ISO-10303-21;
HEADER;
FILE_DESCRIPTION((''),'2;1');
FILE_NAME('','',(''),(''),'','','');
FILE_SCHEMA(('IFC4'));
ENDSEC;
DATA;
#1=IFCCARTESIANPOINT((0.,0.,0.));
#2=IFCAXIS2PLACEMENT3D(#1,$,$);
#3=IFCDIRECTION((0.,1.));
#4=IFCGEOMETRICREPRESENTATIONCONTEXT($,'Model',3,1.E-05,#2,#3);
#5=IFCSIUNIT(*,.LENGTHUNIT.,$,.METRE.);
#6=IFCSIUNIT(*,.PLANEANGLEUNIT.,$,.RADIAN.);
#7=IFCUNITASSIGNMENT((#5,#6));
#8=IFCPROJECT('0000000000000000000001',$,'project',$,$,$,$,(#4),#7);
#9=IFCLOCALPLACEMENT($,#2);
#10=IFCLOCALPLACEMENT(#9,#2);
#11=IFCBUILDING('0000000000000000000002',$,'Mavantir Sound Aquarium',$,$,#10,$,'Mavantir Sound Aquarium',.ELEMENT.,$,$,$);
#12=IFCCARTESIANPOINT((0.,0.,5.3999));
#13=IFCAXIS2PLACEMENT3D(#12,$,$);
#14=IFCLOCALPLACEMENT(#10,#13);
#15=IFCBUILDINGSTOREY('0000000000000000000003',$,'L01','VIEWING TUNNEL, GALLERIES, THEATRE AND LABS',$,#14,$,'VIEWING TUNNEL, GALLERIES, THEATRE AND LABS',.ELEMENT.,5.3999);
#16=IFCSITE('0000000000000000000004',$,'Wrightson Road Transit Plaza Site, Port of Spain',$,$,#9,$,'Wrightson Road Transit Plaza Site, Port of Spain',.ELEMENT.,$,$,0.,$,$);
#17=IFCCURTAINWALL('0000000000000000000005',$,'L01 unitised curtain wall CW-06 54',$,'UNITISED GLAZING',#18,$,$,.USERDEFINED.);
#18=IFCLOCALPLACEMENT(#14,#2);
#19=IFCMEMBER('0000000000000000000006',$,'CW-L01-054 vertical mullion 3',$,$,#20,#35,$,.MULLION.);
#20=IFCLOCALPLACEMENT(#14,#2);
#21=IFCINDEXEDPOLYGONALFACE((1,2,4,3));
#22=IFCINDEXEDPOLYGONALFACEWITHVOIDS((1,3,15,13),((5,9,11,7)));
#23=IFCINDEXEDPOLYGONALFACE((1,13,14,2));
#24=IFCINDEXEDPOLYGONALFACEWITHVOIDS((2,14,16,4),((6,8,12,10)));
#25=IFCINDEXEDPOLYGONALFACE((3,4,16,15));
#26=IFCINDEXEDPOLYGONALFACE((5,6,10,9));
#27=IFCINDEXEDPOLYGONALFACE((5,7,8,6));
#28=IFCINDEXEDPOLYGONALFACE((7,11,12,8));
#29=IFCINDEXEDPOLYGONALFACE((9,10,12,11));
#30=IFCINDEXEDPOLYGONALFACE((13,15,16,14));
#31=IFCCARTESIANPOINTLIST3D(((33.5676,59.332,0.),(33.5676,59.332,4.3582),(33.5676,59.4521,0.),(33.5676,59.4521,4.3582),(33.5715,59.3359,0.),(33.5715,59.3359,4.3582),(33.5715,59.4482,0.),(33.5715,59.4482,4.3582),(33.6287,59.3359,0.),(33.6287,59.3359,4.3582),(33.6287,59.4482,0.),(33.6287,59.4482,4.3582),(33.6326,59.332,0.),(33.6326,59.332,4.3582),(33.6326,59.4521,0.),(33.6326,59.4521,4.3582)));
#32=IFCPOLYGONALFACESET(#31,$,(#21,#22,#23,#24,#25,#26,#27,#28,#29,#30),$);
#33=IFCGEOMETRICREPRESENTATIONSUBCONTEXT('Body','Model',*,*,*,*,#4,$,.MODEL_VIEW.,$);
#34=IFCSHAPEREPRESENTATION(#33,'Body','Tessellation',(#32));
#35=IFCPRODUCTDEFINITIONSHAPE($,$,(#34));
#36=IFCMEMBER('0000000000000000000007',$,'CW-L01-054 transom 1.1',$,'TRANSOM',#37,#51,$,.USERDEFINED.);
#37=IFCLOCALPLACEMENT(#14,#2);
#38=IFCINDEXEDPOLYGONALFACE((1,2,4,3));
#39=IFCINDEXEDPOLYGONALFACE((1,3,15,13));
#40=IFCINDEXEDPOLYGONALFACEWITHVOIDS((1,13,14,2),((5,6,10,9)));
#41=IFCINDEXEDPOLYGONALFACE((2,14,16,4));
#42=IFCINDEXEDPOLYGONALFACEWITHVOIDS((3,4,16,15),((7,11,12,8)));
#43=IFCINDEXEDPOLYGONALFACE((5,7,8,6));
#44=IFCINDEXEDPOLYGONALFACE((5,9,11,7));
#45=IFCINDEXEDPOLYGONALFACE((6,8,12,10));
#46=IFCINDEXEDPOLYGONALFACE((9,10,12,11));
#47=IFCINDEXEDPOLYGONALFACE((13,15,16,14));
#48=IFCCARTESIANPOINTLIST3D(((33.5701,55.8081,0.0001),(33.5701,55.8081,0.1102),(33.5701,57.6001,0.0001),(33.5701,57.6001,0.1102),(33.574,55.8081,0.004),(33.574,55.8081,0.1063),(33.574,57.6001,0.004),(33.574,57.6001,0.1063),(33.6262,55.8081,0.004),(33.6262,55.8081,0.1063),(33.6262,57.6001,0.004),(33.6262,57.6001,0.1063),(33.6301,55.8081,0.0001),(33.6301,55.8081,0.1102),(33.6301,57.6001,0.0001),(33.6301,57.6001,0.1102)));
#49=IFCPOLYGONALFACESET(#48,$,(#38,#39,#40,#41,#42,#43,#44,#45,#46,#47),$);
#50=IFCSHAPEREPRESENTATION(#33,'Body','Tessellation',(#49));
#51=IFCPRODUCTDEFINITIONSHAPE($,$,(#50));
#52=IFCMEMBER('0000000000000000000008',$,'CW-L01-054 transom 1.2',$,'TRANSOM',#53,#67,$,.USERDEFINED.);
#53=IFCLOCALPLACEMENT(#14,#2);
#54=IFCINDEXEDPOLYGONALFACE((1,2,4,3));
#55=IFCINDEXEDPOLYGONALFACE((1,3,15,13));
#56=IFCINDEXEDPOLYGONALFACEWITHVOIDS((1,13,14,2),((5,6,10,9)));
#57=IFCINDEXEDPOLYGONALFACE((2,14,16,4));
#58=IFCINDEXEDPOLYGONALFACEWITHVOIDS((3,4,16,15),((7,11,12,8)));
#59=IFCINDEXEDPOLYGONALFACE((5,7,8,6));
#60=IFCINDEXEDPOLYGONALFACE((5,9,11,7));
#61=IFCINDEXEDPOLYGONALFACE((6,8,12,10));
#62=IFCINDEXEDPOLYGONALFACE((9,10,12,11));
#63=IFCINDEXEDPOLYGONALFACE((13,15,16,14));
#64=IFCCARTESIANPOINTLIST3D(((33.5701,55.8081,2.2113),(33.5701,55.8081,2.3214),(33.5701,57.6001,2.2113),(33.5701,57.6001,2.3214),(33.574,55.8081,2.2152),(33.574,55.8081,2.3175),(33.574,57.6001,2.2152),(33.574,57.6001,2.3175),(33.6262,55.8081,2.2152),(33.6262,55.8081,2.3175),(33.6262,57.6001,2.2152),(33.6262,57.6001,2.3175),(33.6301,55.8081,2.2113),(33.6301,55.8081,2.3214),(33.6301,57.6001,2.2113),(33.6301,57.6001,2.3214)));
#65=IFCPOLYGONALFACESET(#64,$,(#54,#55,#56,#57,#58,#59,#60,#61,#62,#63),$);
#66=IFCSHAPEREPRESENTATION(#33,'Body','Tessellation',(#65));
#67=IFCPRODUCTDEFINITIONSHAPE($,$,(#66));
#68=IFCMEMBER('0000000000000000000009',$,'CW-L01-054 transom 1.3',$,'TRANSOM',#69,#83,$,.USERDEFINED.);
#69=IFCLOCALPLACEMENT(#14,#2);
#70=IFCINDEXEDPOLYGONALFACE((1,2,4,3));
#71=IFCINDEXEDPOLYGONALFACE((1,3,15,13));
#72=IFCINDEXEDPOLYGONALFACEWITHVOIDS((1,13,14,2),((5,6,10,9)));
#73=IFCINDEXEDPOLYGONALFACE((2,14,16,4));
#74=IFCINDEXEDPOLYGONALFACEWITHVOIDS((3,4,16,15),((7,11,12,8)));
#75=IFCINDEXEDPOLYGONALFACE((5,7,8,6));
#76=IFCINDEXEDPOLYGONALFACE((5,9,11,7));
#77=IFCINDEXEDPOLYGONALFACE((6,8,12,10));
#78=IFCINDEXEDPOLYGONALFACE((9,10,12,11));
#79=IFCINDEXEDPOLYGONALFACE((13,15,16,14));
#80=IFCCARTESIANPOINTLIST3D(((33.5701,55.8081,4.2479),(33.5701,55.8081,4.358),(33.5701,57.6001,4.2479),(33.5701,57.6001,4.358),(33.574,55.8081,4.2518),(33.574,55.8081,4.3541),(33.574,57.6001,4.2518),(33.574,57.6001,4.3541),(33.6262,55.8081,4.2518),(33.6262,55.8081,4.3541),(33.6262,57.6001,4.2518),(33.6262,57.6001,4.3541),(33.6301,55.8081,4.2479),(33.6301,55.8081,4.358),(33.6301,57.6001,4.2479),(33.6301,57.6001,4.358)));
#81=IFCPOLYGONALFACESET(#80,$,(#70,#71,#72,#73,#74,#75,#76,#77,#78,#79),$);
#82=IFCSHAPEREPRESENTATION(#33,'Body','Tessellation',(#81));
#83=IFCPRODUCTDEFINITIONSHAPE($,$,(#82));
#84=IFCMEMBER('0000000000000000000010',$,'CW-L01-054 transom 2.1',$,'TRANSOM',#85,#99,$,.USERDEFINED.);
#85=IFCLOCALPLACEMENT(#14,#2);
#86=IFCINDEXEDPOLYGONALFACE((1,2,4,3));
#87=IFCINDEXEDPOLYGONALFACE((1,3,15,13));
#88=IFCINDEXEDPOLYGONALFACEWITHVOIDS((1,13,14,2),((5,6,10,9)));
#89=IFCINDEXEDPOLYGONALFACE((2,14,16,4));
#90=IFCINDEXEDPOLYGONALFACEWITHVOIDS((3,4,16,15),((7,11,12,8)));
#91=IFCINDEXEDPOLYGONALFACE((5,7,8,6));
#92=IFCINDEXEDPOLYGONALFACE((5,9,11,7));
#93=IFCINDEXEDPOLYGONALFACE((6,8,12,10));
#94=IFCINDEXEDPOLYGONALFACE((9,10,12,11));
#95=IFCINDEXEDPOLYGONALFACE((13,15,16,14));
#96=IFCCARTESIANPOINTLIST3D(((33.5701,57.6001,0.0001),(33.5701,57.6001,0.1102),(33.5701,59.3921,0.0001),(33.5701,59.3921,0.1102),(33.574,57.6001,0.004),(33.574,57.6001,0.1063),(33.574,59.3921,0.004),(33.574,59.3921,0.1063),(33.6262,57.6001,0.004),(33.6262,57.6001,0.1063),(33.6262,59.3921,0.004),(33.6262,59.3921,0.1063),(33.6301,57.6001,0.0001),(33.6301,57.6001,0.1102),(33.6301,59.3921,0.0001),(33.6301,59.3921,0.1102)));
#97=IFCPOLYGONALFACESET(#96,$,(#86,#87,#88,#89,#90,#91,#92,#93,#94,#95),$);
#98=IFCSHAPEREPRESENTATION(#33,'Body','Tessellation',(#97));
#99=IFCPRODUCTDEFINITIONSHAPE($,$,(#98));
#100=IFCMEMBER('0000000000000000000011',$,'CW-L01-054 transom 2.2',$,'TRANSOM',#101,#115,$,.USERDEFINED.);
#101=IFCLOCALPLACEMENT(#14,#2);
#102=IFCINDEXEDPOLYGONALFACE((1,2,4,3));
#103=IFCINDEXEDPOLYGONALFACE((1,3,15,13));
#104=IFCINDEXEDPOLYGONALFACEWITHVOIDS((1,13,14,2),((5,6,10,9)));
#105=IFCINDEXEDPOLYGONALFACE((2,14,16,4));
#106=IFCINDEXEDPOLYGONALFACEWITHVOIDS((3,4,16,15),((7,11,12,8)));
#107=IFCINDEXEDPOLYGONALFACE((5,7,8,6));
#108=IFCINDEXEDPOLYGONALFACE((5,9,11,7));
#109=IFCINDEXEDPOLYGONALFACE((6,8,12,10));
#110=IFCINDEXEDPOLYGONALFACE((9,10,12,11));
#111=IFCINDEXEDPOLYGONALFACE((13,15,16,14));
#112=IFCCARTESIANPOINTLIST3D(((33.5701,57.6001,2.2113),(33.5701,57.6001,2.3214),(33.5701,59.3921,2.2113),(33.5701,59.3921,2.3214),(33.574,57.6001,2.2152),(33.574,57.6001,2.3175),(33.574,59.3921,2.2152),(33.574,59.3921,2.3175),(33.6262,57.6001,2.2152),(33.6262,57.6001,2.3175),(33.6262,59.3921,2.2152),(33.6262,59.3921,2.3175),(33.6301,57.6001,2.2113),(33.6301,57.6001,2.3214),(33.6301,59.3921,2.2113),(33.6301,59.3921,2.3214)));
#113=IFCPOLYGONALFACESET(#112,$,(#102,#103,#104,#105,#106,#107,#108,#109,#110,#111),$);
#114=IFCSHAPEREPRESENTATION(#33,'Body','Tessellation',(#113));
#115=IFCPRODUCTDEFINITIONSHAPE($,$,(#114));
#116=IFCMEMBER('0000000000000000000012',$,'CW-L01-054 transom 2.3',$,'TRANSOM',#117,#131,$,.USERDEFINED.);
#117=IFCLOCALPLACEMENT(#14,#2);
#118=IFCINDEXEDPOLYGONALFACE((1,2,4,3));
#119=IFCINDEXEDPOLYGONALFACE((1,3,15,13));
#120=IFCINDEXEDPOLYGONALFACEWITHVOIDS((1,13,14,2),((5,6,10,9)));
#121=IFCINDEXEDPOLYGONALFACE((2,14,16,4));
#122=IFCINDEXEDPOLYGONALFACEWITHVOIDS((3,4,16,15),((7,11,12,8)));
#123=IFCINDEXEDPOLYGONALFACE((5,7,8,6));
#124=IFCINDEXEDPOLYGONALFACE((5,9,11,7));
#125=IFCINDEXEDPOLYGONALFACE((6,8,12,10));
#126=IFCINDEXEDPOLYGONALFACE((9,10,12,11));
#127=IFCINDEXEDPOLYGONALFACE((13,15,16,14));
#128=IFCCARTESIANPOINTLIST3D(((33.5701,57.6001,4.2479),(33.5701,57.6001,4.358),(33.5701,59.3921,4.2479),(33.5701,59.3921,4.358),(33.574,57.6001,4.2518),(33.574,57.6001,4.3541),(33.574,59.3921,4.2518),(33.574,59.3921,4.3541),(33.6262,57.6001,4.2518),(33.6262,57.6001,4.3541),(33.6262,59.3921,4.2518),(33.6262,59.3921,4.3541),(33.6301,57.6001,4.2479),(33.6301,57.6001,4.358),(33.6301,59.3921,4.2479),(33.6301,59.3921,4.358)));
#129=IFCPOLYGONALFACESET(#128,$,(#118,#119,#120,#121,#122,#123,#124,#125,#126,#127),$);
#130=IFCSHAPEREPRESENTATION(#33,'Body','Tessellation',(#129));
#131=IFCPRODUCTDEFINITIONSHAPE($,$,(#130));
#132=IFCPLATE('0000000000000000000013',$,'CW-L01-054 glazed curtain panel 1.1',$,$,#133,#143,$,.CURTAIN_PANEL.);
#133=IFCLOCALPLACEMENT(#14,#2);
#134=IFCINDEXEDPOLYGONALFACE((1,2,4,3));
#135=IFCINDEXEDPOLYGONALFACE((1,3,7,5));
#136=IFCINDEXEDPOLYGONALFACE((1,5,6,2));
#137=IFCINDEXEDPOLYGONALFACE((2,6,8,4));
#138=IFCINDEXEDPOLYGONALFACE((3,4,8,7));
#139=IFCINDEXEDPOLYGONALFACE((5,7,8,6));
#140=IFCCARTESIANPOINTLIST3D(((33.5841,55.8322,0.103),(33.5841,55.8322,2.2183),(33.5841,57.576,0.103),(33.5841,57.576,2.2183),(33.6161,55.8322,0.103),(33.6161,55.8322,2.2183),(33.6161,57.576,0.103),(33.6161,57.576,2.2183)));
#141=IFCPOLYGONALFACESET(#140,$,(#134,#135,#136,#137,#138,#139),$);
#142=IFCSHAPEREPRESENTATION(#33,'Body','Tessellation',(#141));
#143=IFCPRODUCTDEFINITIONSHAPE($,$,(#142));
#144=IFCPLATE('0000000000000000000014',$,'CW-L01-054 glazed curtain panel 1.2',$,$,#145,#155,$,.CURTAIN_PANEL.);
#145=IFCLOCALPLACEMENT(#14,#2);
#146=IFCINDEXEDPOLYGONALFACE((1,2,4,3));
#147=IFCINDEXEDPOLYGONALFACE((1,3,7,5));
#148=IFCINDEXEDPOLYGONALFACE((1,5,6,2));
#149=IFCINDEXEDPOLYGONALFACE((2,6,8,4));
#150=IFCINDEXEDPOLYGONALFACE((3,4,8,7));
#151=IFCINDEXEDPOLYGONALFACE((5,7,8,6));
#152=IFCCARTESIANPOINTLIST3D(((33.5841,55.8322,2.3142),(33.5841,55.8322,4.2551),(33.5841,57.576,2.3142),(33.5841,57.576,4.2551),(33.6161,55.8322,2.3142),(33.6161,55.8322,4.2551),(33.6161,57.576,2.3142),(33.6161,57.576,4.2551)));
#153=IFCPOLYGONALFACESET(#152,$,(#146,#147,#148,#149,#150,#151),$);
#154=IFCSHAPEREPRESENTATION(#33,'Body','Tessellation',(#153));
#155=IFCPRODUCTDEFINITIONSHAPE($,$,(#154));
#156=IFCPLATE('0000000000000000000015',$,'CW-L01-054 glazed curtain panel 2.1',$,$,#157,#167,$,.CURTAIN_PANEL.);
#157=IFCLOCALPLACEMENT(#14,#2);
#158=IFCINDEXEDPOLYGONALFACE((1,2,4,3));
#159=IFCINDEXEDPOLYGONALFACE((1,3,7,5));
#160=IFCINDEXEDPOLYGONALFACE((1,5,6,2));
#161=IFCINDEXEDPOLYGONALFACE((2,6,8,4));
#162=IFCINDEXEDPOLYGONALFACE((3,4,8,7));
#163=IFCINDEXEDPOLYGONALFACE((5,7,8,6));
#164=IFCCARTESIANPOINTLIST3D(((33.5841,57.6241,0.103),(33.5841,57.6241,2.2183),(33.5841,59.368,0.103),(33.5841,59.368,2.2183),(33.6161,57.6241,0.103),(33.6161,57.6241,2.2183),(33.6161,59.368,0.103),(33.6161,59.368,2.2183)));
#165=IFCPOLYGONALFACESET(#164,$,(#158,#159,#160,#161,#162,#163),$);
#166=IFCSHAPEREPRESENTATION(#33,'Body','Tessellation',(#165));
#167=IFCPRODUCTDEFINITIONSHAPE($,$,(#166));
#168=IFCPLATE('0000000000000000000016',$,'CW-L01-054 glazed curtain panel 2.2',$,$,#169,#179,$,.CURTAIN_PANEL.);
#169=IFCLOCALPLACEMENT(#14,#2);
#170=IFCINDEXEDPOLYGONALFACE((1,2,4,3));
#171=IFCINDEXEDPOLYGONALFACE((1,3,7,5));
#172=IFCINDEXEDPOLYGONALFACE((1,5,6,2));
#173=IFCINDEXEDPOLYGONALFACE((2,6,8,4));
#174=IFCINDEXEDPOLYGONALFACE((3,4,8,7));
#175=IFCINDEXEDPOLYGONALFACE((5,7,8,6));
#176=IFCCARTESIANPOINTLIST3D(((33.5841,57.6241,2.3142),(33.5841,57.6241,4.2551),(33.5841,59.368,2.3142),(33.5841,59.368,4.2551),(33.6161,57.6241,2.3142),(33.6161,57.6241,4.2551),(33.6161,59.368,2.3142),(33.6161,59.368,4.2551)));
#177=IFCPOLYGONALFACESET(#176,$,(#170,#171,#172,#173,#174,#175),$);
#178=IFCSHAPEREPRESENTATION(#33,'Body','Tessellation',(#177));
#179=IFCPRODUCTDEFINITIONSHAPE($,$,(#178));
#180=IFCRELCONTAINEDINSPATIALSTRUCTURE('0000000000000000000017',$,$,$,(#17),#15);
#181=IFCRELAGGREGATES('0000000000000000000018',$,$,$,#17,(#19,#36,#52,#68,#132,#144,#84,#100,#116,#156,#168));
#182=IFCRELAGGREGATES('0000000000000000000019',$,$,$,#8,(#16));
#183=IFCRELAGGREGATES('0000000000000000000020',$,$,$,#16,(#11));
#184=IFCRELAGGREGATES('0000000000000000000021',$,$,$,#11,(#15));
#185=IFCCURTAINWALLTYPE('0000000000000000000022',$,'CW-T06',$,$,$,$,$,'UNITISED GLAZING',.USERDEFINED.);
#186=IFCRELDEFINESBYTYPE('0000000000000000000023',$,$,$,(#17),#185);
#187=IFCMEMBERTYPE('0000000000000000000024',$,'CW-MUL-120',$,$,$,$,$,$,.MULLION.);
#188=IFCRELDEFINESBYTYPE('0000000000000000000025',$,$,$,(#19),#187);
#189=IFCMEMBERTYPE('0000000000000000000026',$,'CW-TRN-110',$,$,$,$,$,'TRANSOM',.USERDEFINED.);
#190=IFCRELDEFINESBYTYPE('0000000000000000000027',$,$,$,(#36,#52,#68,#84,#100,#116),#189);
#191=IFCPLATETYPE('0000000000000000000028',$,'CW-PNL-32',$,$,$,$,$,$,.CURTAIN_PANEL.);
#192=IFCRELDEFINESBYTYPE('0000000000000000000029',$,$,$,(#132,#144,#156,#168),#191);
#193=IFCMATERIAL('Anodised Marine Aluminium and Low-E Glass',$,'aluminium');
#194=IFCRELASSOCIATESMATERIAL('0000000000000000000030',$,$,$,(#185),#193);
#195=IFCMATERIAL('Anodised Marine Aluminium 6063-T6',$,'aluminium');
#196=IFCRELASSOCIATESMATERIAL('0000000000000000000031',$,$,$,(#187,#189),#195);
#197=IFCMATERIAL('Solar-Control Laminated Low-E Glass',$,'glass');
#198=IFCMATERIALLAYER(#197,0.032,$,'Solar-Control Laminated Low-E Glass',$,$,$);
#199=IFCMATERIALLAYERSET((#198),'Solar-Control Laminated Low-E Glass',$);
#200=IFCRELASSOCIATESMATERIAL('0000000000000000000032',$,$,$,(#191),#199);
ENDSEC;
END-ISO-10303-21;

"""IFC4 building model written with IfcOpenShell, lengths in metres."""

from ifc_helpers import new_model, si_unit, direction, frame, origin, origin_2d, place, context, subcontext, project, spatial, rectangle, hollow_rectangle, extrude, material, layer, layer_set, material_profile, profile_set, type_object, element, aggregate, save


model = new_model("IFC4")

# Units and contexts
model_context = context("Model", 3, precision=1e-05, world=origin(), true_north=direction((0.0, 1.0)))
body_context = subcontext(model_context, "Body", "Model", "MODEL_VIEW")
ifc_project = project(units=[si_unit("LENGTHUNIT", "METRE"), si_unit("PLANEANGLEUNIT", "RADIAN")], contexts=[model_context])

# Site, building, storey
site_placement = place(None, origin())
site = spatial("IfcSite", under=ifc_project, at=site_placement, Name="Wrightson Road Transit Plaza Site, Port of Spain", LongName="Wrightson Road Transit Plaza Site, Port of Spain", CompositionType="ELEMENT", RefElevation=0.0)
building_placement = place(site_placement, origin())
building = spatial("IfcBuilding", under=site, at=building_placement, Name="Mavantir Sound Aquarium", LongName="Mavantir Sound Aquarium", CompositionType="ELEMENT")
storey_placement = place(building_placement, frame((0.0, 0.0, 5.3999)))
storey = spatial("IfcBuildingStorey", under=building, at=storey_placement, Name="L01", Description="VIEWING TUNNEL, GALLERIES, THEATRE AND LABS", LongName="VIEWING TUNNEL, GALLERIES, THEATRE AND LABS", CompositionType="ELEMENT", Elevation=5.3999)

# Curtain wall, members, plates
ifc_material_1 = material(Name="Anodised Marine Aluminium and Low-E Glass", Category="aluminium")
curtain_wall_type = type_object("IfcCurtainWallType", Name="CW-T06", ElementType="UNITISED GLAZING", PredefinedType="USERDEFINED", material=ifc_material_1)
curtain_wall_placement = place(storey_placement, origin())
curtain_wall = element("IfcCurtainWall", 1, at=curtain_wall_placement, inside=storey, type_object=curtain_wall_type, Name="L01 unitised curtain wall CW-06 54", ObjectType="UNITISED GLAZING", PredefinedType="USERDEFINED")
ifc_material_2 = material(Name="Anodised Marine Aluminium 6063-T6", Category="aluminium")
ifc_material_profile_1 = material_profile(ifc_material_2, hollow_rectangle(XDim=0.0649, YDim=0.1201, WallThickness=0.0039, at=origin_2d()), Name="ALU-MULLION-120X65")
ifc_profile_set_1 = profile_set([ifc_material_profile_1], Name="Anodised Marine Aluminium 6063-T6")
member_type_1 = type_object("IfcMemberType", Name="CW-MUL-120", PredefinedType="MULLION", material=ifc_profile_set_1)
member_1_placement = place(storey_placement, frame((33.6001, 59.3921, 0.0), z_axis=(0.0, 0.0, 1.0), x_axis=(1.0, 0.0, 0.0)))
member_1 = element("IfcMember", 2, at=member_1_placement, type_object=member_type_1, Name="CW-L01-054 vertical mullion 3", PredefinedType="MULLION", context=body_context, shape_type="SweptSolid", body=[
    extrude(hollow_rectangle(XDim=0.0649, YDim=0.1201, WallThickness=0.0039, at=origin_2d()), origin(), (0.0, 0.0, 1.0), 4.3582),
])
ifc_material_profile_2 = material_profile(ifc_material_2, hollow_rectangle(XDim=0.0601, YDim=0.1101, WallThickness=0.0039, at=origin_2d()), Name="ALU-TRANSOM-110X60")
ifc_profile_set_2 = profile_set([ifc_material_profile_2], Name="Anodised Marine Aluminium 6063-T6")
member_type_2 = type_object("IfcMemberType", Name="CW-TRN-110", ElementType="TRANSOM", PredefinedType="USERDEFINED", material=ifc_profile_set_2)
member_2_placement = place(storey_placement, frame((33.6001, 55.8081, 0.0552), z_axis=(0.0, 1.0, 0.0), x_axis=(-1.0, 0.0, 0.0)))
member_2 = element("IfcMember", 3, at=member_2_placement, type_object=member_type_2, Name="CW-L01-054 transom 1.1", ObjectType="TRANSOM", PredefinedType="USERDEFINED", context=body_context, shape_type="SweptSolid", body=[
    extrude(hollow_rectangle(XDim=0.0601, YDim=0.1101, WallThickness=0.0039, at=origin_2d()), origin(), (0.0, 0.0, 1.0), 1.792),
])
member_3_placement = place(storey_placement, frame((33.6001, 55.8081, 2.2664), z_axis=(0.0, 1.0, 0.0), x_axis=(-1.0, 0.0, 0.0)))
member_3 = element("IfcMember", 4, at=member_3_placement, type_object=member_type_2, Name="CW-L01-054 transom 1.2", ObjectType="TRANSOM", PredefinedType="USERDEFINED", context=body_context, shape_type="SweptSolid", body=[
    extrude(hollow_rectangle(XDim=0.0601, YDim=0.1101, WallThickness=0.0039, at=origin_2d()), origin(), (0.0, 0.0, 1.0), 1.792),
])
member_4_placement = place(storey_placement, frame((33.6001, 55.8081, 4.303), z_axis=(0.0, 1.0, 0.0), x_axis=(-1.0, 0.0, 0.0)))
member_4 = element("IfcMember", 5, at=member_4_placement, type_object=member_type_2, Name="CW-L01-054 transom 1.3", ObjectType="TRANSOM", PredefinedType="USERDEFINED", context=body_context, shape_type="SweptSolid", body=[
    extrude(hollow_rectangle(XDim=0.0601, YDim=0.1101, WallThickness=0.0039, at=origin_2d()), origin(), (0.0, 0.0, 1.0), 1.792),
])
member_5_placement = place(storey_placement, frame((33.6001, 57.6001, 0.0552), z_axis=(0.0, 1.0, 0.0), x_axis=(-1.0, 0.0, 0.0)))
member_5 = element("IfcMember", 6, at=member_5_placement, type_object=member_type_2, Name="CW-L01-054 transom 2.1", ObjectType="TRANSOM", PredefinedType="USERDEFINED", context=body_context, shape_type="SweptSolid", body=[
    extrude(hollow_rectangle(XDim=0.0601, YDim=0.1101, WallThickness=0.0039, at=origin_2d()), origin(), (0.0, 0.0, 1.0), 1.792),
])
member_6_placement = place(storey_placement, frame((33.6001, 57.6001, 2.2664), z_axis=(0.0, 1.0, 0.0), x_axis=(-1.0, 0.0, 0.0)))
member_6 = element("IfcMember", 7, at=member_6_placement, type_object=member_type_2, Name="CW-L01-054 transom 2.2", ObjectType="TRANSOM", PredefinedType="USERDEFINED", context=body_context, shape_type="SweptSolid", body=[
    extrude(hollow_rectangle(XDim=0.0601, YDim=0.1101, WallThickness=0.0039, at=origin_2d()), origin(), (0.0, 0.0, 1.0), 1.792),
])
member_7_placement = place(storey_placement, frame((33.6001, 57.6001, 4.303), z_axis=(0.0, 1.0, 0.0), x_axis=(-1.0, 0.0, 0.0)))
member_7 = element("IfcMember", 8, at=member_7_placement, type_object=member_type_2, Name="CW-L01-054 transom 2.3", ObjectType="TRANSOM", PredefinedType="USERDEFINED", context=body_context, shape_type="SweptSolid", body=[
    extrude(hollow_rectangle(XDim=0.0601, YDim=0.1101, WallThickness=0.0039, at=origin_2d()), origin(), (0.0, 0.0, 1.0), 1.792),
])
ifc_material_3 = material(Name="Solar-Control Laminated Low-E Glass", Category="glass")
ifc_layer_1 = layer(ifc_material_3, 0.032, Name="Solar-Control Laminated Low-E Glass")
ifc_layer_set_1 = layer_set([ifc_layer_1], Name="Solar-Control Laminated Low-E Glass")
plate_type = type_object("IfcPlateType", Name="CW-PNL-32", PredefinedType="CURTAIN_PANEL", material=ifc_layer_set_1)
plate_1_placement = place(storey_placement, frame((33.6001, 56.7041, 0.103), z_axis=(0.0, 0.0, 1.0), x_axis=(0.0, 1.0, 0.0)))
plate_1 = element("IfcPlate", 9, at=plate_1_placement, type_object=plate_type, Name="CW-L01-054 glazed curtain panel 1.1", PredefinedType="CURTAIN_PANEL", context=body_context, shape_type="SweptSolid", body=[
    extrude(rectangle(XDim=1.7439, YDim=0.032, at=origin_2d()), origin(), (0.0, 0.0, 1.0), 2.1152),
])
plate_2_placement = place(storey_placement, frame((33.6001, 56.7041, 2.3142), z_axis=(0.0, 0.0, 1.0), x_axis=(0.0, 1.0, 0.0)))
plate_2 = element("IfcPlate", 10, at=plate_2_placement, type_object=plate_type, Name="CW-L01-054 glazed curtain panel 1.2", PredefinedType="CURTAIN_PANEL", context=body_context, shape_type="SweptSolid", body=[
    extrude(rectangle(XDim=1.7439, YDim=0.032, at=origin_2d()), origin(), (0.0, 0.0, 1.0), 1.9409),
])
plate_3_placement = place(storey_placement, frame((33.6001, 58.4961, 0.103), z_axis=(0.0, 0.0, 1.0), x_axis=(0.0, 1.0, 0.0)))
plate_3 = element("IfcPlate", 11, at=plate_3_placement, type_object=plate_type, Name="CW-L01-054 glazed curtain panel 2.1", PredefinedType="CURTAIN_PANEL", context=body_context, shape_type="SweptSolid", body=[
    extrude(rectangle(XDim=1.7439, YDim=0.032, at=origin_2d()), origin(), (0.0, 0.0, 1.0), 2.1152),
])
plate_4_placement = place(storey_placement, frame((33.6001, 58.4961, 2.3142), z_axis=(0.0, 0.0, 1.0), x_axis=(0.0, 1.0, 0.0)))
plate_4 = element("IfcPlate", 12, at=plate_4_placement, type_object=plate_type, Name="CW-L01-054 glazed curtain panel 2.2", PredefinedType="CURTAIN_PANEL", context=body_context, shape_type="SweptSolid", body=[
    extrude(rectangle(XDim=1.7439, YDim=0.032, at=origin_2d()), origin(), (0.0, 0.0, 1.0), 1.9409),
])
aggregate(curtain_wall, [member_1, member_2, member_3, member_4, plate_1, plate_2, member_5, member_6, member_7, plate_3, plate_4])

save(model, "model.ifc")
